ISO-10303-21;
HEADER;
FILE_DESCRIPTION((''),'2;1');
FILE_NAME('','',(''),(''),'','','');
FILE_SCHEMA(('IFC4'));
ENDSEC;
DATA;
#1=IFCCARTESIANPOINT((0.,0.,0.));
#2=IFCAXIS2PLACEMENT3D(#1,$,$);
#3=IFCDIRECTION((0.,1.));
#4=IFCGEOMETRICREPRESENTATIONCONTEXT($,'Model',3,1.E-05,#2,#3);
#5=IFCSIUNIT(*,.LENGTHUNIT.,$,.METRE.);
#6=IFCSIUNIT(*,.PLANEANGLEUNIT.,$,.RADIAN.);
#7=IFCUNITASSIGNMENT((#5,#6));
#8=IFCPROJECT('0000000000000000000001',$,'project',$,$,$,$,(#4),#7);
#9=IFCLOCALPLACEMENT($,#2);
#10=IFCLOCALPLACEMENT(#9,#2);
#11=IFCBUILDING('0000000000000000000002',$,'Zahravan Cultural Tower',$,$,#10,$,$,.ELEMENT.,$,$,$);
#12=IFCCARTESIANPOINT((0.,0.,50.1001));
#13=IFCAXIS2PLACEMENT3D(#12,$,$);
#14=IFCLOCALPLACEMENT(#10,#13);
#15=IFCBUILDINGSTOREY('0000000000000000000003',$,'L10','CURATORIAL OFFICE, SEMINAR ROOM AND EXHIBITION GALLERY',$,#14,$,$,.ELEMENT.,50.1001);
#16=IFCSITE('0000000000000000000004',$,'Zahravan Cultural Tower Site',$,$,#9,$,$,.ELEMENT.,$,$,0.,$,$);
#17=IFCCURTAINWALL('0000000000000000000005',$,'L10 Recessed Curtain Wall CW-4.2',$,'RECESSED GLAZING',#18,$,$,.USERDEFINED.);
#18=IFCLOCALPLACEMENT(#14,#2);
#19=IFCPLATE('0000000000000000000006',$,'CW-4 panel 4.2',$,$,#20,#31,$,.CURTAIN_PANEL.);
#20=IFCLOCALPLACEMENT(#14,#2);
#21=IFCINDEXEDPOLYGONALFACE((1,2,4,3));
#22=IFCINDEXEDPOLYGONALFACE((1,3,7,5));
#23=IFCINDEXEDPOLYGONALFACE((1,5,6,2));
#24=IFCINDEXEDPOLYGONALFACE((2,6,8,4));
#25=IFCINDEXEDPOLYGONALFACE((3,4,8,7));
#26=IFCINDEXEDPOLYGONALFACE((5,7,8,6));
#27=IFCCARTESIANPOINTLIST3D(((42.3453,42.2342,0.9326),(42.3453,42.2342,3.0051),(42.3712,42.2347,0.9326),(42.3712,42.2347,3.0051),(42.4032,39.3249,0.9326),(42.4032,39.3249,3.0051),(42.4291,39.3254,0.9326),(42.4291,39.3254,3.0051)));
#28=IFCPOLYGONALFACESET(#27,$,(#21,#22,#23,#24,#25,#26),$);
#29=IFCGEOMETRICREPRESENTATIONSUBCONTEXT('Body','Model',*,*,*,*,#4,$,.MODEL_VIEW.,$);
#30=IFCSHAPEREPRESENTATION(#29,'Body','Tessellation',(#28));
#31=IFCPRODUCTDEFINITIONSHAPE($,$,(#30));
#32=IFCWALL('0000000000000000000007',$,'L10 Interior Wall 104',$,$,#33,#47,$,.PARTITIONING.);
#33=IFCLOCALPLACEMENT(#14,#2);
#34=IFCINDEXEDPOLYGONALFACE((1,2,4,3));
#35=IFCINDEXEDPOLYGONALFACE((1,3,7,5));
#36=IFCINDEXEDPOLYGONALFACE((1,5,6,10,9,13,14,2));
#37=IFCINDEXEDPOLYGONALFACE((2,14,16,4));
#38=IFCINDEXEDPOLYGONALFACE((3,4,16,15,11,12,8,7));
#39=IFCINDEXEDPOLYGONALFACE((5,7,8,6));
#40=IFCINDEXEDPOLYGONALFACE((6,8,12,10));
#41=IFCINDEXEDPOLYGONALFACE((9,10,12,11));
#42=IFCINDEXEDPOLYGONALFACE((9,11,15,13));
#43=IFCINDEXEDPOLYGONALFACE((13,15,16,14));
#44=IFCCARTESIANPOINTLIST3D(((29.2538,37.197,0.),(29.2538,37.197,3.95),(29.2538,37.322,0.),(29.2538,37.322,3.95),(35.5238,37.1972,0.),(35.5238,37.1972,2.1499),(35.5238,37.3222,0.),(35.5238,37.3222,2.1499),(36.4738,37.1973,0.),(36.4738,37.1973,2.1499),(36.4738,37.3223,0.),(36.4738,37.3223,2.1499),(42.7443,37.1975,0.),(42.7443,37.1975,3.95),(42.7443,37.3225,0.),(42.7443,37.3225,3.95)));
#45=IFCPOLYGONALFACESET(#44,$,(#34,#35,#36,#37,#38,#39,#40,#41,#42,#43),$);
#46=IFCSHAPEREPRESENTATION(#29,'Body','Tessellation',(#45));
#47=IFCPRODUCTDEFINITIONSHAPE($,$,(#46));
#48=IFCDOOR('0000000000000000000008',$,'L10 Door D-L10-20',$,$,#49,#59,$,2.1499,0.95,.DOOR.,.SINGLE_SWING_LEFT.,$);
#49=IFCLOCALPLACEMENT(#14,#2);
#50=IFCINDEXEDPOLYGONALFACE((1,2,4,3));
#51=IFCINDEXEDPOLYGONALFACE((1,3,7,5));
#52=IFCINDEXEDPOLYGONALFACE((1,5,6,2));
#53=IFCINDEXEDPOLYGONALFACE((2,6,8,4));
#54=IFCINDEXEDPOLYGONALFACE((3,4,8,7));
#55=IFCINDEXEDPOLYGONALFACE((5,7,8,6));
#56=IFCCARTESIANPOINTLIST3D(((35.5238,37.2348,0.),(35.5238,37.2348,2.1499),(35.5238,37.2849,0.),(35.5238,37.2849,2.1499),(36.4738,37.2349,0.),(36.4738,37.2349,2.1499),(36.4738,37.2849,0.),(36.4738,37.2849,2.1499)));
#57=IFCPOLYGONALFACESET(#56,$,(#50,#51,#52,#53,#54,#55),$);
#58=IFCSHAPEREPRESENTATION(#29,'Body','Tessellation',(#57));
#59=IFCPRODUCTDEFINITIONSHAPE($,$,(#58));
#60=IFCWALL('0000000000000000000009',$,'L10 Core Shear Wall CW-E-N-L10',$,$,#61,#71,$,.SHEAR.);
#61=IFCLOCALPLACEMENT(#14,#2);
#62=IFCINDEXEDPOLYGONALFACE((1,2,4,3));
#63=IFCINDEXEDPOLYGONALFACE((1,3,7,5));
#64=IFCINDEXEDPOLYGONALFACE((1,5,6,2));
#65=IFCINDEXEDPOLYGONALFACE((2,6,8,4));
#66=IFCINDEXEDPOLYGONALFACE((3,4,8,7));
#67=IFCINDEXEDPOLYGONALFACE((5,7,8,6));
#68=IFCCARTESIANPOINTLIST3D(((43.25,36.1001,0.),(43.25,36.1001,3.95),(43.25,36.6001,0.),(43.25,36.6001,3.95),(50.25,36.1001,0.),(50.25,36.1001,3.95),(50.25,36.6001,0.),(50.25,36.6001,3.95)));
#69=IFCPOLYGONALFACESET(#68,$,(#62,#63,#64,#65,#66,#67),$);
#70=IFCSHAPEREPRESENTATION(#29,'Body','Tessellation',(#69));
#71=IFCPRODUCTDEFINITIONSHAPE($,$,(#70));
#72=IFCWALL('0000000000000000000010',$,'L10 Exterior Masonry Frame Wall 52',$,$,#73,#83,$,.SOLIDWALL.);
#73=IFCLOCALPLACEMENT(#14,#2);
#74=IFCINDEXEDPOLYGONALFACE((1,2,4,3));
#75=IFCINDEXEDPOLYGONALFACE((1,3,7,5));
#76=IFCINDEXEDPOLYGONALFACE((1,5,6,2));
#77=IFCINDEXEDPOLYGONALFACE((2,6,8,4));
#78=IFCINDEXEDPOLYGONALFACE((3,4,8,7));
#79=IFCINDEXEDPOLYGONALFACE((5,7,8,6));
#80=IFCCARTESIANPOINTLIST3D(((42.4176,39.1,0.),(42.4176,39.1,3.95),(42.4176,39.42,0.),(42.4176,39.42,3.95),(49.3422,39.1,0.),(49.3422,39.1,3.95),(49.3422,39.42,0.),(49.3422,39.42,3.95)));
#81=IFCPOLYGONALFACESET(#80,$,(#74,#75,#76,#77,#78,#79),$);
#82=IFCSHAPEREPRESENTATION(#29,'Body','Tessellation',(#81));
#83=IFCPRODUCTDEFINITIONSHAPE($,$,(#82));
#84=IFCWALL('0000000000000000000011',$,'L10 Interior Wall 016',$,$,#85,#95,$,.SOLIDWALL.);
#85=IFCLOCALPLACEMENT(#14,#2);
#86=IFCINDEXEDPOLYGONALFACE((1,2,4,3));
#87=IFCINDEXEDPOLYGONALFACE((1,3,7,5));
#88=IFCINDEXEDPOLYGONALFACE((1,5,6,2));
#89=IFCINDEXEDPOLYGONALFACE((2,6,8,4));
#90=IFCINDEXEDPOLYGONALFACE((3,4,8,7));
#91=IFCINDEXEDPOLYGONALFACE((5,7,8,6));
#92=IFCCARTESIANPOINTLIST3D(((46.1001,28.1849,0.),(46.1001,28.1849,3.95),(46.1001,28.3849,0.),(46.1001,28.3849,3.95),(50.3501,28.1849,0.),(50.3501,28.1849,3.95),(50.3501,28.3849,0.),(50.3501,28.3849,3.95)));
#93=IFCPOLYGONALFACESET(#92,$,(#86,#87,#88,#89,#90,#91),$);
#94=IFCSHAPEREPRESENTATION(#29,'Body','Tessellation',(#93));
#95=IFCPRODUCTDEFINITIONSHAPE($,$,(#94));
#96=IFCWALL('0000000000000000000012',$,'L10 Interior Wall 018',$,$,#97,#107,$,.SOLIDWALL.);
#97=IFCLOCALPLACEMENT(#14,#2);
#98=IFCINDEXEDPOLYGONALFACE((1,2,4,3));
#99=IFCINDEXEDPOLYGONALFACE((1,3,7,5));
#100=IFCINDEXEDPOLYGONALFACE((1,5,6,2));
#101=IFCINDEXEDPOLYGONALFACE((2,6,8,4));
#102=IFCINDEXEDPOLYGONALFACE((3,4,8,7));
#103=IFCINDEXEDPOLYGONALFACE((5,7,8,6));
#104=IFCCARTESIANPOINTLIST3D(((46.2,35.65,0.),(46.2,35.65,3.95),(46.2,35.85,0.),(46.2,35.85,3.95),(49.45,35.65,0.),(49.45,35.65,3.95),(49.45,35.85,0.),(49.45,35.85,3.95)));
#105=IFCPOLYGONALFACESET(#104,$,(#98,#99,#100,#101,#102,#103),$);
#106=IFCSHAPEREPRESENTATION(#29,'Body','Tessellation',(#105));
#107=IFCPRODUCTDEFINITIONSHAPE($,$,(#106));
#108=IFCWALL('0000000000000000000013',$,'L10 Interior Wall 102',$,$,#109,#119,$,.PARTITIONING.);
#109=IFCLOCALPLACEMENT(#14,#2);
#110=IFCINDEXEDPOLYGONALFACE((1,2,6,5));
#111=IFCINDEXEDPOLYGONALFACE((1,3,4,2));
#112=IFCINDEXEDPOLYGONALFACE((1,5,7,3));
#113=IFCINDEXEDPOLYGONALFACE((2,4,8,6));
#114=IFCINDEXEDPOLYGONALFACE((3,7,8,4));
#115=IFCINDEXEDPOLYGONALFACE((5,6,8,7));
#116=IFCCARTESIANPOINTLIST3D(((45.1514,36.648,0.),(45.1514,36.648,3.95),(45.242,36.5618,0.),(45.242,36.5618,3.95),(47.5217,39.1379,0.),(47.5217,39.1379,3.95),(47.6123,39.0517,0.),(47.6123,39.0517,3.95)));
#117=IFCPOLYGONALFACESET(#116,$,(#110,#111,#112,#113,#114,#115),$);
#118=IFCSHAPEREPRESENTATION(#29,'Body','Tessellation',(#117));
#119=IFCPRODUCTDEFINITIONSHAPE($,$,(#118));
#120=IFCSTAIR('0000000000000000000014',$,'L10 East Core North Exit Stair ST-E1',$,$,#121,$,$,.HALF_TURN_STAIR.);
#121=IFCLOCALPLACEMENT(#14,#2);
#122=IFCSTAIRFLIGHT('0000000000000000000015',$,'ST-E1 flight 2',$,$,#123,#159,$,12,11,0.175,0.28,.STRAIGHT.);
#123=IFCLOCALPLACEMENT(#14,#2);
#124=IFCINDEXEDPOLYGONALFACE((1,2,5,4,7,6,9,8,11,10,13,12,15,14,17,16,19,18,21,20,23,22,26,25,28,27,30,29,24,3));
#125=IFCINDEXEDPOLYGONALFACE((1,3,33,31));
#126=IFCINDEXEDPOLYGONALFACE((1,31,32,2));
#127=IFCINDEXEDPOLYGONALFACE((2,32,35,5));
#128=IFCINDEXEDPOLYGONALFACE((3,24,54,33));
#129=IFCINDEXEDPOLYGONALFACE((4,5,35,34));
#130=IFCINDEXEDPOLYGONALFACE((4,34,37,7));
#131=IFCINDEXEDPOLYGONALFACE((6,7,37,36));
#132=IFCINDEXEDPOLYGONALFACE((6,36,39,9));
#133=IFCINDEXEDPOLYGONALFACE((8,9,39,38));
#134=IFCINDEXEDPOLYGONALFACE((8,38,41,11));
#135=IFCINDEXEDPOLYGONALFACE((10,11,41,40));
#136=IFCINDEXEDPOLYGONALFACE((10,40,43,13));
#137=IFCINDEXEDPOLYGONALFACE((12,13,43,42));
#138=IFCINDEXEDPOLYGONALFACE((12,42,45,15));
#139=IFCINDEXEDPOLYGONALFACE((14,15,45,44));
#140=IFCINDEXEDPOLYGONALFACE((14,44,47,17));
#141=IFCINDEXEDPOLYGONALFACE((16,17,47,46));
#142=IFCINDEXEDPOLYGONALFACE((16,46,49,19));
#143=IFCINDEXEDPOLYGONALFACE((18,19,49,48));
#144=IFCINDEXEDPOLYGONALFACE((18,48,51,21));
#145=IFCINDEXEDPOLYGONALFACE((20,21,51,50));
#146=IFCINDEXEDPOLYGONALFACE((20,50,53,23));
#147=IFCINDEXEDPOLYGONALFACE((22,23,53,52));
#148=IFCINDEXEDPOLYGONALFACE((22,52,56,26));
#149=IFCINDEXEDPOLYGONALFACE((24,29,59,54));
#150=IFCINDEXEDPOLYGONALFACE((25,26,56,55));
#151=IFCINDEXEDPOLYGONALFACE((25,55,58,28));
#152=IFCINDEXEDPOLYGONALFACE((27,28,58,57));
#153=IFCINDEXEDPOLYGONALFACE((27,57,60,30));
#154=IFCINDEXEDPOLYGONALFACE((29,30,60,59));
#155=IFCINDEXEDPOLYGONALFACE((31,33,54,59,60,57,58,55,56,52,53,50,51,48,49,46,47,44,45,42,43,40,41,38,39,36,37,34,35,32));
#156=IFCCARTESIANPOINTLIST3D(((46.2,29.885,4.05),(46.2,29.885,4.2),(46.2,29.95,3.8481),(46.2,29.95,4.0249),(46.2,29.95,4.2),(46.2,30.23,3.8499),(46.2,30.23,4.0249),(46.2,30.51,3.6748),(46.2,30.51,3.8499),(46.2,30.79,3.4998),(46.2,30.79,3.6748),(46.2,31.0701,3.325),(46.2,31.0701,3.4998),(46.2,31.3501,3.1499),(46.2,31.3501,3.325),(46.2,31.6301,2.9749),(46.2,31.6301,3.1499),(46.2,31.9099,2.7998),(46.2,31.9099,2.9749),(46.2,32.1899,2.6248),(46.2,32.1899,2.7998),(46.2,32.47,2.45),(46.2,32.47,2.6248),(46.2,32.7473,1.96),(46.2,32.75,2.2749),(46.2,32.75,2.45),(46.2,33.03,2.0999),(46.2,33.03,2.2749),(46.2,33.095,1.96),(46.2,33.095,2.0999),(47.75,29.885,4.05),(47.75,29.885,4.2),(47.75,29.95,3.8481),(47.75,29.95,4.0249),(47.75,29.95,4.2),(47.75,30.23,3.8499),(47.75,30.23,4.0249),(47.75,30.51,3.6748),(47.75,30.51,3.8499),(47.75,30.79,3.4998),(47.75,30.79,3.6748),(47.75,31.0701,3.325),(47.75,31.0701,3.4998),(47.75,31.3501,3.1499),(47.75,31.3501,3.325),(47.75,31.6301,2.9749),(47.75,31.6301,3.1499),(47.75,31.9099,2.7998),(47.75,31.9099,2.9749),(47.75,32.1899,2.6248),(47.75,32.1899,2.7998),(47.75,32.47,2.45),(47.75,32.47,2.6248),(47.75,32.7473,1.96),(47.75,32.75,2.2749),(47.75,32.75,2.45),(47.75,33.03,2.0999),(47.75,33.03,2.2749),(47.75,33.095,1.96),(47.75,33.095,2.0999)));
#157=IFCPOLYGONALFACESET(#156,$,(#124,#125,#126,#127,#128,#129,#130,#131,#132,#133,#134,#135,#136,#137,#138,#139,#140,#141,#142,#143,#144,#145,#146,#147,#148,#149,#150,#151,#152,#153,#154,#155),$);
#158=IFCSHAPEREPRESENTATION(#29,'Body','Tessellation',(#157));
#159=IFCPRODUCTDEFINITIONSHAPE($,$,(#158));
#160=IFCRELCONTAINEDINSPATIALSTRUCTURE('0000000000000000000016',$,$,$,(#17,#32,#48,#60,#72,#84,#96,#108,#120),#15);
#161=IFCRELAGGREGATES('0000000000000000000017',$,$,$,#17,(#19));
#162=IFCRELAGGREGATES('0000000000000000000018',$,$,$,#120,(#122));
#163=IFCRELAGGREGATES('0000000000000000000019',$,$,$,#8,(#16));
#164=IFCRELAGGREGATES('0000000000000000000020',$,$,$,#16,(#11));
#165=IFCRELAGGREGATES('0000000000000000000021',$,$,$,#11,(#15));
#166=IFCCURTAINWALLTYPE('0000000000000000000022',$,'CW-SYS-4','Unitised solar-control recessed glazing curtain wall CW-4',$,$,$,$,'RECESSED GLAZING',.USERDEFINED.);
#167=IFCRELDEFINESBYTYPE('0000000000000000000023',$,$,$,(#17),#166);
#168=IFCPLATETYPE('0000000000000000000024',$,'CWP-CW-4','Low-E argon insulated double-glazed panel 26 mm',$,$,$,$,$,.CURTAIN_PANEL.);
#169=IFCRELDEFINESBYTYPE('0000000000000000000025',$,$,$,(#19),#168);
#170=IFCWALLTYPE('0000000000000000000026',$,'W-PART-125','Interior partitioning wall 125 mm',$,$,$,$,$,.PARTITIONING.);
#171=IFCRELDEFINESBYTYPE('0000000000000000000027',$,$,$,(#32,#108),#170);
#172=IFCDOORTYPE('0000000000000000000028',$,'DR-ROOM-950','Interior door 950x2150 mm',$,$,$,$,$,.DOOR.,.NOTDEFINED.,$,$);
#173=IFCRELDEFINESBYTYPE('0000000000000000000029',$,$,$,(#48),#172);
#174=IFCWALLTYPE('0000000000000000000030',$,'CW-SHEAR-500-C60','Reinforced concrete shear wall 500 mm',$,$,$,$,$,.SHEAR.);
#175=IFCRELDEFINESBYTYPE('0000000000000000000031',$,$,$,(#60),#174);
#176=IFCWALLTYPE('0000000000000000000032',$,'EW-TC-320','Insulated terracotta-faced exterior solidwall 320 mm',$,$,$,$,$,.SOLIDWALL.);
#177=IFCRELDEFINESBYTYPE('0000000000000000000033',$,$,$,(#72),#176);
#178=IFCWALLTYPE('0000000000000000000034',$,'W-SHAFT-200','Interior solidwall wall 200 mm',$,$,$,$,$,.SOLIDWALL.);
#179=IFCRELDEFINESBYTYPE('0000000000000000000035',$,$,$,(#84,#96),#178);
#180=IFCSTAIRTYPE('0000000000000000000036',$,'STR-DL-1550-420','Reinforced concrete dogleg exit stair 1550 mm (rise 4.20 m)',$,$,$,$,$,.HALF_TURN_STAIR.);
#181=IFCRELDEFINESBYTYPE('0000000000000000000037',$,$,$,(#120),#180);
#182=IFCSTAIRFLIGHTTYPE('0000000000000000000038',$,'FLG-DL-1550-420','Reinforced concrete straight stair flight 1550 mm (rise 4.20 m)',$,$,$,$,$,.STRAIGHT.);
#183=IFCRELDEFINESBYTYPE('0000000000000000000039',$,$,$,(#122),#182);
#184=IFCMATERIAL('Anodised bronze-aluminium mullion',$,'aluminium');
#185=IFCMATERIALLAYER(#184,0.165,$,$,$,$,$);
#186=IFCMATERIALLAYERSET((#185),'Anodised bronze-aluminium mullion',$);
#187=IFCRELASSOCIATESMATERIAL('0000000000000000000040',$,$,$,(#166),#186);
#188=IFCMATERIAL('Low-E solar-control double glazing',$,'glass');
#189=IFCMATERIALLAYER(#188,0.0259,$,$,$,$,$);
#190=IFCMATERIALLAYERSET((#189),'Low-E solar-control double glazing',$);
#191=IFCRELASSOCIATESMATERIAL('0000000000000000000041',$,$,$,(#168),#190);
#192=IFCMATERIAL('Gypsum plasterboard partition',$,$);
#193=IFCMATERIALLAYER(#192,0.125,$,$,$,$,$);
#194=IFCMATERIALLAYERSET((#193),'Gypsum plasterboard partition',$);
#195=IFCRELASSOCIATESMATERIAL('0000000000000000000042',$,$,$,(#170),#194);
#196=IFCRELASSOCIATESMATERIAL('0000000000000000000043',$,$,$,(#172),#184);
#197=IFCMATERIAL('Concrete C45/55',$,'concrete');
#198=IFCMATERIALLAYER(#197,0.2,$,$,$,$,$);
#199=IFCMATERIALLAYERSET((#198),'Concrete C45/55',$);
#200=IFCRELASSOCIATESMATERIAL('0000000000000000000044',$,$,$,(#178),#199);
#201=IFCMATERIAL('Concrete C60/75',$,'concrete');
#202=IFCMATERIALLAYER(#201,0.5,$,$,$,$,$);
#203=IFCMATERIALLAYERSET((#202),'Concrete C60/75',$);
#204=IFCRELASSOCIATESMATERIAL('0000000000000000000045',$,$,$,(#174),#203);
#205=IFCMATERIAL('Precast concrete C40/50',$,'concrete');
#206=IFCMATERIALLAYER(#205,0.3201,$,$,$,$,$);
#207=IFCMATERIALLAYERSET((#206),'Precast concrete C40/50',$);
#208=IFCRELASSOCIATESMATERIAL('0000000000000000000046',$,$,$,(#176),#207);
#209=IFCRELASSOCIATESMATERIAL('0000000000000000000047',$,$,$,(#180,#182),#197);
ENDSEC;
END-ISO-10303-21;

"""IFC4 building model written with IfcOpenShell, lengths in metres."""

from ifc_helpers import new_model, si_unit, direction, frame, frame_2d, origin, origin_2d, place, context, subcontext, project, spatial, polyline, rectangle, outline, extrude, source, transform, mapped, material, layer, layer_set, type_object, element, fill, aggregate, save


model = new_model("IFC4")

# Units and contexts
model_context = context("Model", 3, precision=1e-05, world=origin(), true_north=direction((0.0, 1.0)))
body_context = subcontext(model_context, "Body", "Model", "MODEL_VIEW")
ifc_project = project(units=[si_unit("LENGTHUNIT", "METRE"), si_unit("PLANEANGLEUNIT", "RADIAN")], contexts=[model_context])

# Site, building, storey
site_placement = place(None, origin())
site = spatial("IfcSite", under=ifc_project, at=site_placement, Name="Zahravan Cultural Tower Site", CompositionType="ELEMENT", RefElevation=0.0)
building_placement = place(site_placement, origin())
building = spatial("IfcBuilding", under=site, at=building_placement, Name="Zahravan Cultural Tower", CompositionType="ELEMENT")
storey_placement = place(building_placement, frame((0.0, 0.0, 50.1001)))
storey = spatial("IfcBuildingStorey", under=building, at=storey_placement, Name="L10", Description="CURATORIAL OFFICE, SEMINAR ROOM AND EXHIBITION GALLERY", CompositionType="ELEMENT", Elevation=50.1001)

# Shared definitions
ifc_material_1 = material(Name="Concrete C60/75", Category="concrete")

# Curtain wall, plate
ifc_material_2 = material(Name="Anodised bronze-aluminium mullion", Category="aluminium")
ifc_layer_1 = layer(ifc_material_2, 0.165)
ifc_layer_set_1 = layer_set([ifc_layer_1], Name="Anodised bronze-aluminium mullion")
curtain_wall_type = type_object("IfcCurtainWallType", Name="CW-SYS-4", Description="Unitised solar-control recessed glazing curtain wall CW-4", ElementType="RECESSED GLAZING", PredefinedType="USERDEFINED", material=ifc_layer_set_1)
curtain_wall_placement = place(storey_placement, origin())
curtain_wall = element("IfcCurtainWall", 1, at=curtain_wall_placement, inside=storey, type_object=curtain_wall_type, Name="L10 Recessed Curtain Wall CW-4.2", ObjectType="RECESSED GLAZING", PredefinedType="USERDEFINED")
ifc_material_3 = material(Name="Low-E solar-control double glazing", Category="glass")
ifc_layer_2 = layer(ifc_material_3, 0.0259)
ifc_layer_set_2 = layer_set([ifc_layer_2], Name="Low-E solar-control double glazing")
plate_type = type_object("IfcPlateType", Name="CWP-CW-4", Description="Low-E argon insulated double-glazed panel 26 mm", PredefinedType="CURTAIN_PANEL", material=ifc_layer_set_2)
shared_shape_1 = source(origin(), body_context, "Body", "SweptSolid", [
    extrude(rectangle(XDim=2.9099, YDim=0.0259, at=origin_2d()), origin(), (0.0, 0.0, 1.0), 2.0725),
])
plate_1_placement = place(storey_placement, frame((42.3872, 40.7798, 0.9326), z_axis=(0.0, 0.0, 1.0), x_axis=(0.0199, -0.999802, 0.0)))
plate_1 = element("IfcPlate", 2, at=plate_1_placement, type_object=plate_type, Name="CW-4 panel 4.2", PredefinedType="CURTAIN_PANEL", context=body_context, shape_type="MappedRepresentation", body=[
    mapped(shared_shape_1, transform((0.0, 0.0, 0.0), x_axis=(1.0, 0.0, 0.0), y_axis=(0.0, 1.0, 0.0), z_axis=(0.0, 0.0, 1.0), scale=1.0)),
])
aggregate(curtain_wall, [plate_1])

# Wall, opening, door
ifc_material_4 = material(Name="Gypsum plasterboard partition")
ifc_layer_3 = layer(ifc_material_4, 0.125)
ifc_layer_set_3 = layer_set([ifc_layer_3], Name="Gypsum plasterboard partition")
wall_type_1 = type_object("IfcWallType", Name="W-PART-125", Description="Interior partitioning wall 125 mm", PredefinedType="PARTITIONING", material=ifc_layer_set_3)
wall_1_placement = place(storey_placement, frame((42.7441, 37.26, 0.0), z_axis=(0.0, 0.0, 1.0), x_axis=(-1.0, -0.000036, 0.0)))
wall_1 = element("IfcWall", 3, at=wall_1_placement, inside=storey, type_object=wall_type_1, Name="L10 Interior Wall 104", PredefinedType="PARTITIONING", context=body_context, shape_type="SweptSolid", body=[
    extrude(rectangle(XDim=13.4905, YDim=0.125, at=frame_2d((6.7451, 0.0))), origin(), (0.0, 0.0, 1.0), 3.95),
])
opening_1_placement = place(wall_1_placement, frame((6.2703, 0.0, 0.0)))
opening_1 = element("IfcOpeningElement", 4, at=opening_1_placement, cuts=wall_1, PredefinedType="OPENING", context=body_context, shape_type="SweptSolid", body=[
    extrude(rectangle(XDim=0.95, YDim=2.1499, at=frame_2d((0.4751, 1.075))), frame((0.0, 0.0725, 0.0), z_axis=(0.0, -1.0, 0.0), x_axis=(1.0, 0.0, 0.0)), (0.0, 0.0, 1.0), 0.145),
])
door_type_1 = type_object("IfcDoorType", Name="DR-ROOM-950", Description="Interior door 950x2150 mm", OperationType="NOTDEFINED", PredefinedType="DOOR", material=ifc_material_2)
shared_shape_2 = source(origin(), body_context, "Body", "SweptSolid", [
    extrude(rectangle(XDim=0.95, YDim=2.1499, at=frame_2d((0.4751, 1.075))), frame((0.0, 0.0249, 0.0), z_axis=(0.0, -1.0, 0.0), x_axis=(1.0, 0.0, 0.0)), (0.0, 0.0, 1.0), 0.05),
])
door_1_placement = place(opening_1_placement, origin())
door_1 = element("IfcDoor", 5, at=door_1_placement, inside=storey, type_object=door_type_1, Name="L10 Door D-L10-20", OperationType="SINGLE_SWING_LEFT", OverallHeight=2.1499, OverallWidth=0.95, PredefinedType="DOOR", context=body_context, shape_type="MappedRepresentation", body=[
    mapped(shared_shape_2, transform((0.0, 0.0, 0.0), x_axis=(1.0, 0.0, 0.0), y_axis=(0.0, 1.0, 0.0), z_axis=(0.0, 0.0, 1.0), scale=1.0)),
])
fill(opening_1, door_1)
ifc_material_5 = material(Name="Concrete C45/55", Category="concrete")
ifc_layer_4 = layer(ifc_material_5, 0.2)
ifc_layer_set_4 = layer_set([ifc_layer_4], Name="Concrete C45/55")
wall_type_2 = type_object("IfcWallType", Name="W-SHAFT-200", Description="Interior solidwall wall 200 mm", PredefinedType="SOLIDWALL", material=ifc_layer_set_4)

# Walls
ifc_layer_5 = layer(ifc_material_1, 0.5)
ifc_layer_set_5 = layer_set([ifc_layer_5], Name="Concrete C60/75")
wall_type_3 = type_object("IfcWallType", Name="CW-SHEAR-500-C60", Description="Reinforced concrete shear wall 500 mm", PredefinedType="SHEAR", material=ifc_layer_set_5)
shared_shape_3 = source(origin(), body_context, "Body", "SweptSolid", [
    extrude(rectangle(XDim=7.0, YDim=0.5, at=frame_2d((3.5, 0.0))), origin(), (0.0, 0.0, 1.0), 3.95),
])
wall_2_placement = place(storey_placement, frame((43.25, 36.3501, 0.0), z_axis=(0.0, 0.0, 1.0), x_axis=(1.0, 0.0, 0.0)))
element("IfcWall", 6, at=wall_2_placement, inside=storey, type_object=wall_type_3, Name="L10 Core Shear Wall CW-E-N-L10", PredefinedType="SHEAR", context=body_context, shape_type="MappedRepresentation", body=[
    mapped(shared_shape_3, transform((0.0, 0.0, 0.0), x_axis=(1.0, 0.0, 0.0), y_axis=(0.0, 1.0, 0.0), z_axis=(0.0, 0.0, 1.0), scale=1.0)),
])
ifc_material_6 = material(Name="Precast concrete C40/50", Category="concrete")
ifc_layer_6 = layer(ifc_material_6, 0.3201)
ifc_layer_set_6 = layer_set([ifc_layer_6], Name="Precast concrete C40/50")
wall_type_4 = type_object("IfcWallType", Name="EW-TC-320", Description="Insulated terracotta-faced exterior solidwall 320 mm", PredefinedType="SOLIDWALL", material=ifc_layer_set_6)
shared_shape_4 = source(origin(), body_context, "Body", "SweptSolid", [
    extrude(rectangle(XDim=6.9246, YDim=0.3201, at=frame_2d((3.4624, 0.0))), origin(), (0.0, 0.0, 1.0), 3.95),
])
wall_3_placement = place(storey_placement, frame((42.4175, 39.26, 0.0), z_axis=(0.0, 0.0, 1.0), x_axis=(1.0, 0.0, 0.0)))
element("IfcWall", 7, at=wall_3_placement, inside=storey, type_object=wall_type_4, Name="L10 Exterior Masonry Frame Wall 52", PredefinedType="SOLIDWALL", context=body_context, shape_type="MappedRepresentation", body=[
    mapped(shared_shape_4, transform((0.0, 0.0, 0.0), x_axis=(1.0, 0.0, 0.0), y_axis=(0.0, 1.0, 0.0), z_axis=(0.0, 0.0, 1.0), scale=1.0)),
])
shared_shape_5 = source(origin(), body_context, "Body", "SweptSolid", [
    extrude(rectangle(XDim=4.25, YDim=0.2, at=frame_2d((2.125, 0.0))), origin(), (0.0, 0.0, 1.0), 3.95),
])
wall_4_placement = place(storey_placement, frame((46.1001, 28.2849, 0.0), z_axis=(0.0, 0.0, 1.0), x_axis=(1.0, 0.0, 0.0)))
element("IfcWall", 8, at=wall_4_placement, inside=storey, type_object=wall_type_2, Name="L10 Interior Wall 016", PredefinedType="SOLIDWALL", context=body_context, shape_type="MappedRepresentation", body=[
    mapped(shared_shape_5, transform((0.0, 0.0, 0.0), x_axis=(1.0, 0.0, 0.0), y_axis=(0.0, 1.0, 0.0), z_axis=(0.0, 0.0, 1.0), scale=1.0)),
])
shared_shape_6 = source(origin(), body_context, "Body", "SweptSolid", [
    extrude(rectangle(XDim=3.25, YDim=0.2, at=frame_2d((1.625, 0.0))), origin(), (0.0, 0.0, 1.0), 3.95),
])
wall_5_placement = place(storey_placement, frame((46.2, 35.75, 0.0), z_axis=(0.0, 0.0, 1.0), x_axis=(1.0, 0.0, 0.0)))
element("IfcWall", 9, at=wall_5_placement, inside=storey, type_object=wall_type_2, Name="L10 Interior Wall 018", PredefinedType="SOLIDWALL", context=body_context, shape_type="MappedRepresentation", body=[
    mapped(shared_shape_6, transform((0.0, 0.0, 0.0), x_axis=(1.0, 0.0, 0.0), y_axis=(0.0, 1.0, 0.0), z_axis=(0.0, 0.0, 1.0), scale=1.0)),
])
shared_shape_7 = source(origin(), body_context, "Body", "SweptSolid", [
    extrude(rectangle(XDim=3.4377, YDim=0.125, at=frame_2d((1.7188, 0.0))), origin(), (0.0, 0.0, 1.0), 3.95),
])
wall_6_placement = place(storey_placement, frame((45.1968, 36.605, 0.0), z_axis=(0.0, 0.0, 1.0), x_axis=(0.689494, 0.724292, 0.0)))
element("IfcWall", 10, at=wall_6_placement, inside=storey, type_object=wall_type_1, Name="L10 Interior Wall 102", PredefinedType="PARTITIONING", context=body_context, shape_type="MappedRepresentation", body=[
    mapped(shared_shape_7, transform((0.0, 0.0, 0.0), x_axis=(1.0, 0.0, 0.0), y_axis=(0.0, 1.0, 0.0), z_axis=(0.0, 0.0, 1.0), scale=1.0)),
])

# Stair, stair flight
stair_type = type_object("IfcStairType", Name="STR-DL-1550-420", Description="Reinforced concrete dogleg exit stair 1550 mm (rise 4.20 m)", PredefinedType="HALF_TURN_STAIR", material=ifc_material_5)
stair_placement = place(storey_placement, origin())
stair = element("IfcStair", 11, at=stair_placement, inside=storey, type_object=stair_type, Name="L10 East Core North Exit Stair ST-E1", PredefinedType="HALF_TURN_STAIR")
stair_flight_type = type_object("IfcStairFlightType", Name="FLG-DL-1550-420", Description="Reinforced concrete straight stair flight 1550 mm (rise 4.20 m)", PredefinedType="STRAIGHT", material=ifc_material_5)
stair_flight_placement = place(storey_placement, frame((46.9751, 33.03, 2.0999), z_axis=(0.0, 0.0, 1.0), x_axis=(0.0, -1.0, 0.0)))
stair_flight = element("IfcStairFlight", 12, at=stair_flight_placement, type_object=stair_flight_type, Name="ST-E1 flight 2", NumberOfRisers=12, NumberOfTreads=11, PredefinedType="STRAIGHT", RiserHeight=0.175, TreadLength=0.28, context=body_context, shape_type="SweptSolid", body=[
    extrude(outline(polyline([(-0.0649, -0.1399), (-0.0649, 0.0), (0.0, 0.0), (0.0, 0.175), (0.28, 0.175), (0.28, 0.3501), (0.5601, 0.3501), (0.5601, 0.5249), (0.8401, 0.5249), (0.8401, 0.7), (1.1201, 0.7), (1.1201, 0.875), (1.3999, 0.875), (1.3999, 1.05), (1.6799, 1.05), (1.6799, 1.2251), (1.96, 1.2251), (1.96, 1.3999), (2.24, 1.3999), (2.24, 1.575), (2.52, 1.575), (2.52, 1.75), (2.8, 1.75), (2.8, 1.925), (3.0801, 1.925), (3.0801, 2.1001), (3.145, 2.1001), (3.145, 1.9502), (3.0801, 1.7483), (0.2827, -0.1399), (-0.0649, -0.1399)])), frame((0.0, 0.7749, 0.0), z_axis=(0.0, -1.0, 0.0), x_axis=(1.0, 0.0, 0.0)), (0.0, 0.0, 1.0), 1.55),
])
aggregate(stair, [stair_flight])

save(model, "model.ifc")
